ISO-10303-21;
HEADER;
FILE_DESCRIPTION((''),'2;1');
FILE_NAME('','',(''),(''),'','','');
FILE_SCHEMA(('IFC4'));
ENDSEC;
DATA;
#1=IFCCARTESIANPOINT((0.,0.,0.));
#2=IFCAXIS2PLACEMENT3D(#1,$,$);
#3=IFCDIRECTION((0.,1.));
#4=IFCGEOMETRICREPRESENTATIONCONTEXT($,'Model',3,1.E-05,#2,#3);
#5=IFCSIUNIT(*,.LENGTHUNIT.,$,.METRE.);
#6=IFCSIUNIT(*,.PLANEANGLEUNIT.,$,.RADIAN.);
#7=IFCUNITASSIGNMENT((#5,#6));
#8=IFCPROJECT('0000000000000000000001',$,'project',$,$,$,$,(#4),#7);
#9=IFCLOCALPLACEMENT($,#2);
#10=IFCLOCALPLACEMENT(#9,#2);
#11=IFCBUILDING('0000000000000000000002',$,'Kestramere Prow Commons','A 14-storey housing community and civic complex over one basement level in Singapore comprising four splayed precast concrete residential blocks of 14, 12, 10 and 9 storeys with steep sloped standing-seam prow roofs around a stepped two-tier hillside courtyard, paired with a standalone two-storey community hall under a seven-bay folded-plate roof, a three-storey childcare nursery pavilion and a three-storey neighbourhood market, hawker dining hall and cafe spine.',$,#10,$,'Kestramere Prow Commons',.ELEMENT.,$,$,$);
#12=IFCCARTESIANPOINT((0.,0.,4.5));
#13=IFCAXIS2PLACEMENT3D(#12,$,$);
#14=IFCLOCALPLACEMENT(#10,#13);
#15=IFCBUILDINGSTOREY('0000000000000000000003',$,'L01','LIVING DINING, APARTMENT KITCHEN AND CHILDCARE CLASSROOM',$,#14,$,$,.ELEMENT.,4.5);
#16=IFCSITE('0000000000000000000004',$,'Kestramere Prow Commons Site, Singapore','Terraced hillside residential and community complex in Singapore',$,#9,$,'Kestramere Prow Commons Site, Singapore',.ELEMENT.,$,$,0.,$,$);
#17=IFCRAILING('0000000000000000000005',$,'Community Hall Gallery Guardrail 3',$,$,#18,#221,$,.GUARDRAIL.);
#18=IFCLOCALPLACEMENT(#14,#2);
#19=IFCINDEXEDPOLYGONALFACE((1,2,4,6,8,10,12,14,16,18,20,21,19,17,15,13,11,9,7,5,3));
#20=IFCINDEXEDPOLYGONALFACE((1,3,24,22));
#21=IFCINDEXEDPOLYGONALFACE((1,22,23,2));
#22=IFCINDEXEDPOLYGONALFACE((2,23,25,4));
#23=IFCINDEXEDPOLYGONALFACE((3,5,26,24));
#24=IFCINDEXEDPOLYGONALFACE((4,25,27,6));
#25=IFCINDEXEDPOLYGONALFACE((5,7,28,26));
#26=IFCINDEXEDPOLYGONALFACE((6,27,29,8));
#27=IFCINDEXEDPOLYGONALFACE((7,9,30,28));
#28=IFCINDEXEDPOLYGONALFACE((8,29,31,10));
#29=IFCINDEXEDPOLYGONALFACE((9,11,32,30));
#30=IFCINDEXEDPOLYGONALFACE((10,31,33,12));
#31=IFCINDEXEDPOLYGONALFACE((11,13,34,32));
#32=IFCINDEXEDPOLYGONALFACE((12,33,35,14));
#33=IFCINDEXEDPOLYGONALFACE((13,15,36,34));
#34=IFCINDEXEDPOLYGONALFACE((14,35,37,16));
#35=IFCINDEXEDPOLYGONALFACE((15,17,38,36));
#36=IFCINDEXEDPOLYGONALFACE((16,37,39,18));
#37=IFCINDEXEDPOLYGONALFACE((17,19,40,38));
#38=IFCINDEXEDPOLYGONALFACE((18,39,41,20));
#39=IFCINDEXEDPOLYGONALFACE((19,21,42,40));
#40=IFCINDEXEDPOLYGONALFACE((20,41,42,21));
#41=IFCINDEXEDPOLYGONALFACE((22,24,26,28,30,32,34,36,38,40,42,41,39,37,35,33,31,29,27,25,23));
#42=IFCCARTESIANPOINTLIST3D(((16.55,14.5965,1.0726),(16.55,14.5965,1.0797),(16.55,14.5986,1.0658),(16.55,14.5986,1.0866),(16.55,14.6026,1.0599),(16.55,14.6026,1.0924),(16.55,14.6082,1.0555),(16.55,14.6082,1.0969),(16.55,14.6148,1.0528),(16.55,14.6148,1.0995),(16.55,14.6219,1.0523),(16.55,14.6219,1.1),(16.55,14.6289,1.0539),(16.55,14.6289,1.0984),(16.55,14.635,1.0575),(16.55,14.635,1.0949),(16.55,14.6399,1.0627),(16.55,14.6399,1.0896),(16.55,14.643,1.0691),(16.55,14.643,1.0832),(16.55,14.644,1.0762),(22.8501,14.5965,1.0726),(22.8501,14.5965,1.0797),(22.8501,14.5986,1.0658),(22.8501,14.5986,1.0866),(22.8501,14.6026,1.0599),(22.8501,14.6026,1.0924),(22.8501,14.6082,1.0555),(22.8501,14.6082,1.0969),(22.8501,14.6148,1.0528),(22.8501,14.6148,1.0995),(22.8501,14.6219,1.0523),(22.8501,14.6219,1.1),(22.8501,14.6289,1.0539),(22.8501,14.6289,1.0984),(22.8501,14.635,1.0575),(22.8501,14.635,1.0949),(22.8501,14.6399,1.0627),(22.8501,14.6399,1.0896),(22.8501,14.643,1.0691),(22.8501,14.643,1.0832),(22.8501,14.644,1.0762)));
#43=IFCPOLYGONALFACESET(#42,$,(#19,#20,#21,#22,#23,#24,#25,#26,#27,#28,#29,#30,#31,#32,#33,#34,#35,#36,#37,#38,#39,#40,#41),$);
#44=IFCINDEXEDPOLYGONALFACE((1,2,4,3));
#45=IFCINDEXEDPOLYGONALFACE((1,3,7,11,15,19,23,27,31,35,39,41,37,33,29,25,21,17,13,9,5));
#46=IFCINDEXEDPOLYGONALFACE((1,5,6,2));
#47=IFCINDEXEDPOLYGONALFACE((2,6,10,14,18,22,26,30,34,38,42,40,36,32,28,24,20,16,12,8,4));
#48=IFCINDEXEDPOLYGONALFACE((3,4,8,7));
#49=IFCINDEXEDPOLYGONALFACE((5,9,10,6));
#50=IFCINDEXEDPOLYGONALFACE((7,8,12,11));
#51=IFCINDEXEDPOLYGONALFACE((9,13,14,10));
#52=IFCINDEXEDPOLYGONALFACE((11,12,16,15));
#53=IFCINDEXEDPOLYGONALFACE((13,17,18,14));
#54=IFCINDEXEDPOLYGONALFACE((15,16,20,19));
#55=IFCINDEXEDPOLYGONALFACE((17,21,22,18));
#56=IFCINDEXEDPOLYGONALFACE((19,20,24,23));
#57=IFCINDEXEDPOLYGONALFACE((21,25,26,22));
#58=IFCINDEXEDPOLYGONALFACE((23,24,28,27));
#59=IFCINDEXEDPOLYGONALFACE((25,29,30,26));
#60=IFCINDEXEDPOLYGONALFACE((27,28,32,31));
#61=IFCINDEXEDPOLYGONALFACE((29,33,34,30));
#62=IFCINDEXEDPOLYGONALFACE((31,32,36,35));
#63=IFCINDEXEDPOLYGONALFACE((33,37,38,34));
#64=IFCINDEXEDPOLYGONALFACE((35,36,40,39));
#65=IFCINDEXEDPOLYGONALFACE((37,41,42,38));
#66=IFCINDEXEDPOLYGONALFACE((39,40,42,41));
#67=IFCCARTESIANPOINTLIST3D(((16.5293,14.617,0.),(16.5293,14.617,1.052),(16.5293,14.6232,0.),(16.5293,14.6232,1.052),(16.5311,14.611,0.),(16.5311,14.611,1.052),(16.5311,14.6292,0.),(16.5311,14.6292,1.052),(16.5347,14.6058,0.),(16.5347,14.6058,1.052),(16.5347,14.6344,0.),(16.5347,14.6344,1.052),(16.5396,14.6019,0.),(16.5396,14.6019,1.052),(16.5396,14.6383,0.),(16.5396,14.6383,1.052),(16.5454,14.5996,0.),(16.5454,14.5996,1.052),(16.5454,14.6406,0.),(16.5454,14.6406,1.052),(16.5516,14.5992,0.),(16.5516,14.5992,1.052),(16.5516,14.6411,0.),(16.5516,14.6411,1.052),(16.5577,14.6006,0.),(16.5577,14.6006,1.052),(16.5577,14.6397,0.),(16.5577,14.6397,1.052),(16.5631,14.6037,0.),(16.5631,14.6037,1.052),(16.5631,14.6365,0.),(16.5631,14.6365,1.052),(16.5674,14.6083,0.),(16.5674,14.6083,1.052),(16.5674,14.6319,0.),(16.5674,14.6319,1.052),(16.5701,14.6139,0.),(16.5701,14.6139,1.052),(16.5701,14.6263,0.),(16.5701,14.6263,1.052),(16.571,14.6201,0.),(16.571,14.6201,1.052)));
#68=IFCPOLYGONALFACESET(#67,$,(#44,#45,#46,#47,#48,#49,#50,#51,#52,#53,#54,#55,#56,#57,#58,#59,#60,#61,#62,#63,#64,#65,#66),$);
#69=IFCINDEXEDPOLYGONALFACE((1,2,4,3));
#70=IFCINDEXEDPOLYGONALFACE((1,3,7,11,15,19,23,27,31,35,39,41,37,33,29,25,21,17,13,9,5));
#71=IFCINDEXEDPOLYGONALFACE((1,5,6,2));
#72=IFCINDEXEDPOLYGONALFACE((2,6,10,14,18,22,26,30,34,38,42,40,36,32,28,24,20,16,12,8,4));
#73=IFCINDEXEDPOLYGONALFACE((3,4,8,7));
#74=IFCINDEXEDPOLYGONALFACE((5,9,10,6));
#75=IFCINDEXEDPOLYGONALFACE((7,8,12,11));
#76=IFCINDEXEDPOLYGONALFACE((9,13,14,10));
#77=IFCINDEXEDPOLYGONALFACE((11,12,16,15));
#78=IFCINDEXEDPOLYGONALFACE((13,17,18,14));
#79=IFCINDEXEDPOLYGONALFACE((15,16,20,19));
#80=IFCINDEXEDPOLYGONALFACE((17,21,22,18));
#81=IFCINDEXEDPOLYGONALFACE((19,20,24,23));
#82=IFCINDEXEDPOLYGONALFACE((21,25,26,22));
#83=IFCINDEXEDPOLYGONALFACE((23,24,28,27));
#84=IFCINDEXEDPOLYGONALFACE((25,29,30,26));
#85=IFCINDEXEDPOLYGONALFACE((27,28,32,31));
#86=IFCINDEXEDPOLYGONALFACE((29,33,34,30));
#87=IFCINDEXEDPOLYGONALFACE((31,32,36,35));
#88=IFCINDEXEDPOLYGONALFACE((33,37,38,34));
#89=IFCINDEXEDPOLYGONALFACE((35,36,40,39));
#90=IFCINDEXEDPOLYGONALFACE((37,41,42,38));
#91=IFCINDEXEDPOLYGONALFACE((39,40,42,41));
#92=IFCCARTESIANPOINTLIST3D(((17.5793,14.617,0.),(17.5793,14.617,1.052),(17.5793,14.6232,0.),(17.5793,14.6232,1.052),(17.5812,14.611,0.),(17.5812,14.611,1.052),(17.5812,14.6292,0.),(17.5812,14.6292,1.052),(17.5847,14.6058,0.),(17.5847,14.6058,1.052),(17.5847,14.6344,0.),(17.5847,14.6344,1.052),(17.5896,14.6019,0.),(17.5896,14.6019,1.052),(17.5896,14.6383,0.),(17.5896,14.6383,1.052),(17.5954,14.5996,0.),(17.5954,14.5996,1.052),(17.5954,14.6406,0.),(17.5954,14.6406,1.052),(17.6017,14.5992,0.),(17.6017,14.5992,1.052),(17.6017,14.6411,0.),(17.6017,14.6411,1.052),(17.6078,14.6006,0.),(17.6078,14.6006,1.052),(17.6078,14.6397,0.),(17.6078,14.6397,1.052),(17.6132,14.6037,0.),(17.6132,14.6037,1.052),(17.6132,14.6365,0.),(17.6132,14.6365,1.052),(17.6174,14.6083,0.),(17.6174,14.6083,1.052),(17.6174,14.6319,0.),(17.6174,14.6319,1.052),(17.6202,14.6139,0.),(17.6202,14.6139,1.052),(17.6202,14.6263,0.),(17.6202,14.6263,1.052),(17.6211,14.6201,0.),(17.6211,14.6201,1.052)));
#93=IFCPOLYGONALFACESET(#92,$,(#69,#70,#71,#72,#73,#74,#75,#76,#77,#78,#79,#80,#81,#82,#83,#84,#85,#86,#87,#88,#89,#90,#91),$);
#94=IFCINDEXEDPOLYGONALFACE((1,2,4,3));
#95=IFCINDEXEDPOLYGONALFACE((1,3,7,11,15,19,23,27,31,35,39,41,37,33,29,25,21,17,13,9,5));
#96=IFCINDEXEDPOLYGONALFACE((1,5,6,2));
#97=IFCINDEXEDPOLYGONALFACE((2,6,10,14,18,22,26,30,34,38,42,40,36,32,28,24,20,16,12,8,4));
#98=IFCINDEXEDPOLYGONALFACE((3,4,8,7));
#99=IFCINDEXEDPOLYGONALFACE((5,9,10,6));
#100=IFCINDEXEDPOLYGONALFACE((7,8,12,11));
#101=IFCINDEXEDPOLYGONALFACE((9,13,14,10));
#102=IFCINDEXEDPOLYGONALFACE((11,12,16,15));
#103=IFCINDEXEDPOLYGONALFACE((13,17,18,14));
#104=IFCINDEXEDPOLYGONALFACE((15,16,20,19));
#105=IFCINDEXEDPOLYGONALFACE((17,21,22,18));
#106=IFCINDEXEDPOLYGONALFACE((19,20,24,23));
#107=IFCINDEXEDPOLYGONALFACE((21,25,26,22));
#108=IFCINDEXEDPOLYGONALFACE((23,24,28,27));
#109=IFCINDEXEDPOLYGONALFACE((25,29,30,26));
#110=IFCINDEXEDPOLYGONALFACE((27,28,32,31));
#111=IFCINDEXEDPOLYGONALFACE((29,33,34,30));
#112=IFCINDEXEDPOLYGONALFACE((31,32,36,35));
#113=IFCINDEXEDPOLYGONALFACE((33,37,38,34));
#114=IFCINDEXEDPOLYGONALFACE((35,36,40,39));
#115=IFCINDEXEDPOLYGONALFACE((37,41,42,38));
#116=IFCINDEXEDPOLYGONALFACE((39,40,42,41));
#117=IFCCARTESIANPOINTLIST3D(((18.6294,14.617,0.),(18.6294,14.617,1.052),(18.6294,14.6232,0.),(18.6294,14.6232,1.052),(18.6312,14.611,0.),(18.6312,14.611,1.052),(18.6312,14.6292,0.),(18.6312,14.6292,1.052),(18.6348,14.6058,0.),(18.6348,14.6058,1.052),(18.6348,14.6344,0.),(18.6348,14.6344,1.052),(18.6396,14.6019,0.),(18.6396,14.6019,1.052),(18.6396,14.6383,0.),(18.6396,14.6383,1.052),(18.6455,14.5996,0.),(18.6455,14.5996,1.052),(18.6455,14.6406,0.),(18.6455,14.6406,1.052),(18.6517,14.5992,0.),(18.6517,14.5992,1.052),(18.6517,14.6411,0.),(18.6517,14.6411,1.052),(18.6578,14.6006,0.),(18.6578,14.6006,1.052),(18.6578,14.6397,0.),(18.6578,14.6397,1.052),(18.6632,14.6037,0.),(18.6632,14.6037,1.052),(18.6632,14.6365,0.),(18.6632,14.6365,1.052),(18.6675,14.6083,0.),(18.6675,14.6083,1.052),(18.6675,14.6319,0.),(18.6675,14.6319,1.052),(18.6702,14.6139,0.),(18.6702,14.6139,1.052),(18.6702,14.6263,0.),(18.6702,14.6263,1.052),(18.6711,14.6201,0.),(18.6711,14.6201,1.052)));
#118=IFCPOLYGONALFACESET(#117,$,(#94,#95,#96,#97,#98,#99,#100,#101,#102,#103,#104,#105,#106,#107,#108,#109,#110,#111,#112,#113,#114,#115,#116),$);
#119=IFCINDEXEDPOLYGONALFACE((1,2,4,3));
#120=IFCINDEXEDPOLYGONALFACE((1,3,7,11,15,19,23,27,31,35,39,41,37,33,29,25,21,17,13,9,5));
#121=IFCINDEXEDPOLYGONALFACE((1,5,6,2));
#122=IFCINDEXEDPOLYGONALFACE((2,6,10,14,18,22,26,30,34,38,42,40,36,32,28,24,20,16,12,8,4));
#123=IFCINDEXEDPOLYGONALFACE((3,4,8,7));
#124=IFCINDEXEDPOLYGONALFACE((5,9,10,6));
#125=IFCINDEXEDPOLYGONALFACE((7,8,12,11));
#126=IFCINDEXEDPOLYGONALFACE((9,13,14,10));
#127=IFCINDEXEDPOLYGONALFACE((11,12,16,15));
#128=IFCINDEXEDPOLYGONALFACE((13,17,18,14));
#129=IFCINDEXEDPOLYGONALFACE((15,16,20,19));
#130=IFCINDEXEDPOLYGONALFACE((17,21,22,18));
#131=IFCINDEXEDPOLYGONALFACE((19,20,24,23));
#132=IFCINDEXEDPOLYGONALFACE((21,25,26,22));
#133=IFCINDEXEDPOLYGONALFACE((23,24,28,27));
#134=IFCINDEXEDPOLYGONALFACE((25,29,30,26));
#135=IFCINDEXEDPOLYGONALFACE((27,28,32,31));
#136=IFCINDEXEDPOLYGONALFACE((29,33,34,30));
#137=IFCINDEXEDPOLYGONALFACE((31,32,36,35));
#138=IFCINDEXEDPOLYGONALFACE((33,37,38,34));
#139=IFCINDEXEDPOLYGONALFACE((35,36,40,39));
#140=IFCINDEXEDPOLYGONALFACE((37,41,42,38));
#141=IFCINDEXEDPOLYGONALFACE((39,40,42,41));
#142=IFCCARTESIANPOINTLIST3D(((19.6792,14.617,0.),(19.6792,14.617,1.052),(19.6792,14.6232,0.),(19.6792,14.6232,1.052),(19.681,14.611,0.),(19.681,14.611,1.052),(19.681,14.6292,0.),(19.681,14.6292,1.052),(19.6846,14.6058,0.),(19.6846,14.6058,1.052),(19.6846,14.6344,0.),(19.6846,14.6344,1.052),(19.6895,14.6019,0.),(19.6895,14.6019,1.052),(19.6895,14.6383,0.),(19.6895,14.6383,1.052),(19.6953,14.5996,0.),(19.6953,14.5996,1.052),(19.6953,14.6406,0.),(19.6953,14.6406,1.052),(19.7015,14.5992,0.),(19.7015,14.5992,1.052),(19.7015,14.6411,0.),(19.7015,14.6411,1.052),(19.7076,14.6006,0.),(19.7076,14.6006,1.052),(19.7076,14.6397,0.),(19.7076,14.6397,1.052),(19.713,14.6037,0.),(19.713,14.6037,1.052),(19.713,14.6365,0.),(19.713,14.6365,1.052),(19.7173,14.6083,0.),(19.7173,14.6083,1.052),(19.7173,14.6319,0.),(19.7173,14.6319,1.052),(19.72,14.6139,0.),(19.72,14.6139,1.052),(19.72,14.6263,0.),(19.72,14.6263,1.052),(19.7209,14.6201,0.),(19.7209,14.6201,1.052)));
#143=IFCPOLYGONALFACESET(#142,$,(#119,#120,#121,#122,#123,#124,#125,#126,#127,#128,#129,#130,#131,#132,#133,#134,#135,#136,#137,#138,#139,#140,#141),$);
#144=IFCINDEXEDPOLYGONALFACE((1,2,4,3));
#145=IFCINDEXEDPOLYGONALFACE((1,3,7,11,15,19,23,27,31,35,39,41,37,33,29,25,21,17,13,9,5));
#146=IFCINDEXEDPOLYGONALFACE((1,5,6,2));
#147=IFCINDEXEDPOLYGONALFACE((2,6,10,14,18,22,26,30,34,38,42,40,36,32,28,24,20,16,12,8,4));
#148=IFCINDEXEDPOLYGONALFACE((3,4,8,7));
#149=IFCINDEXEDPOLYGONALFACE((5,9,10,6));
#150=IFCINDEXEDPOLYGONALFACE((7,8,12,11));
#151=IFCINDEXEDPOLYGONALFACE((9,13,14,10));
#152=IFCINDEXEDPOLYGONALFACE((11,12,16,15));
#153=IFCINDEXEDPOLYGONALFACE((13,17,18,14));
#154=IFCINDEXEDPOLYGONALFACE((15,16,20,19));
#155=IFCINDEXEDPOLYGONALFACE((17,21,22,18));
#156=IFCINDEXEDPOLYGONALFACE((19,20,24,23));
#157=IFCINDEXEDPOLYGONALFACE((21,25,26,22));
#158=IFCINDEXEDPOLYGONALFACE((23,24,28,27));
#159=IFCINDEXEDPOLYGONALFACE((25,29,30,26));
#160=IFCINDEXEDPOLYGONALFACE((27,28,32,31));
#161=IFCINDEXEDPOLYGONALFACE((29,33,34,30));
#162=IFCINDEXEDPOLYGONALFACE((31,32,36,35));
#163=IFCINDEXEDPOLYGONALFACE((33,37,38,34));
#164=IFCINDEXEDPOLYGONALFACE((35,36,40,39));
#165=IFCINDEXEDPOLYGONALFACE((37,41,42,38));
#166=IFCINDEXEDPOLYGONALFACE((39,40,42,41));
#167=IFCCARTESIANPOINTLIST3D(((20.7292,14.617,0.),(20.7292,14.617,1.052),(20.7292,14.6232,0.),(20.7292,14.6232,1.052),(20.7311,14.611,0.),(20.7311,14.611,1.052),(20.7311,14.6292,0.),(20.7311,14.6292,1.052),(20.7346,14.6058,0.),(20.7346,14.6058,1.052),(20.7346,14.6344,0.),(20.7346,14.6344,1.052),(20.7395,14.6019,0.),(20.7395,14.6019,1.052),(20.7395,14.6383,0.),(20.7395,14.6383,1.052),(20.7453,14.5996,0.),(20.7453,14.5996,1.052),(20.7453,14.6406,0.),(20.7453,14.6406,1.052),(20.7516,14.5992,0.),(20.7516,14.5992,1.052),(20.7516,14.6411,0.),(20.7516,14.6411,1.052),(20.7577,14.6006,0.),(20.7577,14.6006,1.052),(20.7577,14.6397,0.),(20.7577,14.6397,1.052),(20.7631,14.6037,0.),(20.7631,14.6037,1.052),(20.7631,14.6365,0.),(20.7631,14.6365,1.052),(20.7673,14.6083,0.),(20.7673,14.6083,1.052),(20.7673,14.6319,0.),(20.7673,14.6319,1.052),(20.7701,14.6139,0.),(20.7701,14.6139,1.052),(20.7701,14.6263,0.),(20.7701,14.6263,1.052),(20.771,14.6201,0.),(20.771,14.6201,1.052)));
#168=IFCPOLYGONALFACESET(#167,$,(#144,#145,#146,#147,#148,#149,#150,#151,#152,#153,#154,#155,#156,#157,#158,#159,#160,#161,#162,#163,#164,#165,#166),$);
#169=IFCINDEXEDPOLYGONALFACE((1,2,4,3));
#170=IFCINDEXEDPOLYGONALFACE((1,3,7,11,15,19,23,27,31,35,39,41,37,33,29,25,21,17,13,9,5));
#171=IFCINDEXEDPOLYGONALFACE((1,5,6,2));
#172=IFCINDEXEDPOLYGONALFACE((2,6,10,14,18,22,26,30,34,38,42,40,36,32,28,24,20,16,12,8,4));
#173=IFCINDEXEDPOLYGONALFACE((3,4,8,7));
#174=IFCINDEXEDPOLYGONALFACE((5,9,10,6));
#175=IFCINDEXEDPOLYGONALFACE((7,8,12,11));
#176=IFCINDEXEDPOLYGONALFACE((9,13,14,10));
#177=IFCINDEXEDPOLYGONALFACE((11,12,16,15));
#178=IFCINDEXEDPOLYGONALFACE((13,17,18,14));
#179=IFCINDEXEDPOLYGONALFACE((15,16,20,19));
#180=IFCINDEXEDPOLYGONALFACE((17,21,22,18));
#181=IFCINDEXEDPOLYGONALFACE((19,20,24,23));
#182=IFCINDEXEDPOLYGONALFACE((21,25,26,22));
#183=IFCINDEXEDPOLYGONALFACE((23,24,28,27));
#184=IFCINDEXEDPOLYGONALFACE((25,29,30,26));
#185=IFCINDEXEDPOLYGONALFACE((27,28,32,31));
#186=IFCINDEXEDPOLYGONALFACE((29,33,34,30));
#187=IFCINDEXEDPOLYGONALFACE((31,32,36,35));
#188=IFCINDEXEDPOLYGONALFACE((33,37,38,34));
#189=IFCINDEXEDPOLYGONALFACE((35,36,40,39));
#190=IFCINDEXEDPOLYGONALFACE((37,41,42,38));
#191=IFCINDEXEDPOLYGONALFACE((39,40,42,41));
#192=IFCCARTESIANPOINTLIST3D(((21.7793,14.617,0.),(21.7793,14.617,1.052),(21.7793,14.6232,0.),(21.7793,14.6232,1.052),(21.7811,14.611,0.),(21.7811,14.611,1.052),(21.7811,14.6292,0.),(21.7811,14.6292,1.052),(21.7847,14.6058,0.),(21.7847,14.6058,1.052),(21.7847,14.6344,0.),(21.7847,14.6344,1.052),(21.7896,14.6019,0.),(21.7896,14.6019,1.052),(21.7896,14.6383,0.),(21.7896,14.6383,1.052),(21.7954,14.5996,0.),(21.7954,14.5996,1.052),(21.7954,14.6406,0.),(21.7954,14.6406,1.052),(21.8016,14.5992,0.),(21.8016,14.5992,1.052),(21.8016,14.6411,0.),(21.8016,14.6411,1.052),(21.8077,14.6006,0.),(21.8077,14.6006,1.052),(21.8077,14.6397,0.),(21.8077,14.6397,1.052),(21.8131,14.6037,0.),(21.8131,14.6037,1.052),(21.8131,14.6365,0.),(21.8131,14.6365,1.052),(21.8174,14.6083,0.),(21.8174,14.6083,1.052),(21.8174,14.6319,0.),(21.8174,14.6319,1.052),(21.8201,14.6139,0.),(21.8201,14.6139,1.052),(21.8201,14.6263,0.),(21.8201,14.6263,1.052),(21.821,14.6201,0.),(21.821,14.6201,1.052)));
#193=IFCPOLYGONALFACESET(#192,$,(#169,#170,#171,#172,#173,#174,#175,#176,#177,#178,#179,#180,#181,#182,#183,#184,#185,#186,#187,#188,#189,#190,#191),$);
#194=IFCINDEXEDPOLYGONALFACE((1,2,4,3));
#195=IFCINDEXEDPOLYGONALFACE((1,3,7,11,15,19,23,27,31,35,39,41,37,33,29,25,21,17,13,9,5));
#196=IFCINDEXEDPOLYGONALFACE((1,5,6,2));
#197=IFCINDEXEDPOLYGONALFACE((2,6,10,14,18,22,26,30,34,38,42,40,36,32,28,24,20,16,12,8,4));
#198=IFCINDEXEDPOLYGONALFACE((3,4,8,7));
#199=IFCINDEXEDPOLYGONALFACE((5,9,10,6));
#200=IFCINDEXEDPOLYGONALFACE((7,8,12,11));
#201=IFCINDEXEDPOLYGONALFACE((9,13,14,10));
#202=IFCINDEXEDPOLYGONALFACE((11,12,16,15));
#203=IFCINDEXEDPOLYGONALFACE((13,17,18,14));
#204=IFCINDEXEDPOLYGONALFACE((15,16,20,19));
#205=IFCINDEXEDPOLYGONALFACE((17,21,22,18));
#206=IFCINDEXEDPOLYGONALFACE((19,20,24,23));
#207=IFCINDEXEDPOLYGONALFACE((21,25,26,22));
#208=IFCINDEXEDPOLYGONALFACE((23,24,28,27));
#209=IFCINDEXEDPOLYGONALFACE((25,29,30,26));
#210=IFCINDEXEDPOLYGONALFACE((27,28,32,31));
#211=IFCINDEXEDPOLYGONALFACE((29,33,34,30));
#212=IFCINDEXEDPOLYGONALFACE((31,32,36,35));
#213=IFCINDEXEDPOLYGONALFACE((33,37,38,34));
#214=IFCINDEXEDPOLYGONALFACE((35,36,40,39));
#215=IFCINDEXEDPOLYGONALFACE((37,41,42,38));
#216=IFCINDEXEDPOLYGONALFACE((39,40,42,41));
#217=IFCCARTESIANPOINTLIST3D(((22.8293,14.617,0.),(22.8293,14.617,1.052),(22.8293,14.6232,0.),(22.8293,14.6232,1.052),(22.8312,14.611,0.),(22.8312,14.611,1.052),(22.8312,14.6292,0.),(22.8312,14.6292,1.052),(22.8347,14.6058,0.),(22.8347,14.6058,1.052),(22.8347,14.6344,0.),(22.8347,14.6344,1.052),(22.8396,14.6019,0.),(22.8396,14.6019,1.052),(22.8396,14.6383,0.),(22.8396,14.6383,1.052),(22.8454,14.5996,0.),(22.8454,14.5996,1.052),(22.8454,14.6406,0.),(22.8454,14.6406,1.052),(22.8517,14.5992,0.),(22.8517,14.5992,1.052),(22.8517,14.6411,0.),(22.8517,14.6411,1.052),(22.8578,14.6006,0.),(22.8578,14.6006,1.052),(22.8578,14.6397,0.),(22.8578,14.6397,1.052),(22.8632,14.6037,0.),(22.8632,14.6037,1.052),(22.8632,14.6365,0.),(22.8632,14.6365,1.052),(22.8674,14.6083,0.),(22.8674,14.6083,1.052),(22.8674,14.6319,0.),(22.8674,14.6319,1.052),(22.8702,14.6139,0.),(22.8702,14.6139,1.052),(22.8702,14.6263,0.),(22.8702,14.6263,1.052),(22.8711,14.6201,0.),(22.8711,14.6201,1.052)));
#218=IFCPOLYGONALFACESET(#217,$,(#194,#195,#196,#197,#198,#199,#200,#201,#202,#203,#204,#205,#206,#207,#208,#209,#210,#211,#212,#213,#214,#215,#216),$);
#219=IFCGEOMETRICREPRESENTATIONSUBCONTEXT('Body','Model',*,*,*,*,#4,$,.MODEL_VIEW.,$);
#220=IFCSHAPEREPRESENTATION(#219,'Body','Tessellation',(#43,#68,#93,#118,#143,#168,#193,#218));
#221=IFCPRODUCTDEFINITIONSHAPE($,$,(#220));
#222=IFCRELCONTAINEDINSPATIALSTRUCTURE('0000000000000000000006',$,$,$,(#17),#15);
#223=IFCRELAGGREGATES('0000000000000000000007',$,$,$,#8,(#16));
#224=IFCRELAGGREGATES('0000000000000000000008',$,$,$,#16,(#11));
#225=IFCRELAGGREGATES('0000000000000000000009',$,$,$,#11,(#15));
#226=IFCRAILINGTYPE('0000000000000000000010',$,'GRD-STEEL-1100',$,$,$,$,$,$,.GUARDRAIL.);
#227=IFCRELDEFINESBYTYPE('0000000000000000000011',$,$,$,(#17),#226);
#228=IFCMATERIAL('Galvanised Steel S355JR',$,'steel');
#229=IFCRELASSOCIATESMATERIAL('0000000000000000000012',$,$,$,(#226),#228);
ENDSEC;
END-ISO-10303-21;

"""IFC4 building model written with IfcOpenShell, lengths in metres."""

from ifc_helpers import new_model, si_unit, direction, frame, origin, origin_2d, place, context, subcontext, project, spatial, circle, extrude, material, type_object, element, save


model = new_model("IFC4")

# Units and contexts
model_context = context("Model", 3, precision=1e-05, world=origin(), true_north=direction((0.0, 1.0)))
body_context = subcontext(model_context, "Body", "Model", "MODEL_VIEW")
ifc_project = project(units=[si_unit("LENGTHUNIT", "METRE"), si_unit("PLANEANGLEUNIT", "RADIAN")], contexts=[model_context])

# Site, building, storey
site_placement = place(None, origin())
site = spatial("IfcSite", under=ifc_project, at=site_placement, Name="Kestramere Prow Commons Site, Singapore", Description="Terraced hillside residential and community complex in Singapore", LongName="Kestramere Prow Commons Site, Singapore", CompositionType="ELEMENT", RefElevation=0.0)
building_placement = place(site_placement, origin())
building = spatial("IfcBuilding", under=site, at=building_placement, Name="Kestramere Prow Commons", Description="A 14-storey housing community and civic complex over one basement level in Singapore comprising four splayed precast concrete residential blocks of 14, 12, 10 and 9 storeys with steep sloped standing-seam prow roofs around a stepped two-tier hillside courtyard, paired with a standalone two-storey community hall under a seven-bay folded-plate roof, a three-storey childcare nursery pavilion and a three-storey neighbourhood market, hawker dining hall and cafe spine.", LongName="Kestramere Prow Commons", CompositionType="ELEMENT")
storey_placement = place(building_placement, frame((0.0, 0.0, 4.5)))
storey = spatial("IfcBuildingStorey", under=building, at=storey_placement, Name="L01", Description="LIVING DINING, APARTMENT KITCHEN AND CHILDCARE CLASSROOM", CompositionType="ELEMENT", Elevation=4.5)

# Railing
ifc_material_1 = material(Name="Galvanised Steel S355JR", Category="steel")
railing_type = type_object("IfcRailingType", Name="GRD-STEEL-1100", PredefinedType="GUARDRAIL", material=ifc_material_1)
for number, where, name in (
    (1, (16.55, 14.6201, 0.0), "Community Hall Gallery Guardrail 3"),
):
    element("IfcRailing", number, at=place(storey_placement, frame(where)), inside=storey, type_object=railing_type, Name=name, PredefinedType="GUARDRAIL", context=body_context, shape_type="SweptSolid", body=[
        extrude(circle(Radius=0.0239, at=origin_2d()), frame((0.0, 0.0, 1.0762), z_axis=(1.0, 0.0, 0.0), x_axis=(0.0, 1.0, 0.0)), (0.0, 0.0, 1.0), 6.3),
        extrude(circle(Radius=0.021, at=origin_2d()), origin(), (0.0, 0.0, 1.0), 1.052),
        extrude(circle(Radius=0.021, at=origin_2d()), frame((1.05, 0.0, 0.0)), (0.0, 0.0, 1.0), 1.052),
        extrude(circle(Radius=0.021, at=origin_2d()), frame((2.1001, 0.0, 0.0)), (0.0, 0.0, 1.0), 1.052),
        extrude(circle(Radius=0.021, at=origin_2d()), frame((3.1499, 0.0, 0.0)), (0.0, 0.0, 1.0), 1.052),
        extrude(circle(Radius=0.021, at=origin_2d()), frame((4.2, 0.0, 0.0)), (0.0, 0.0, 1.0), 1.052),
        extrude(circle(Radius=0.021, at=origin_2d()), frame((5.25, 0.0, 0.0)), (0.0, 0.0, 1.0), 1.052),
        extrude(circle(Radius=0.021, at=origin_2d()), frame((6.3, 0.0, 0.0)), (0.0, 0.0, 1.0), 1.052),
    ])

save(model, "model.ifc")
